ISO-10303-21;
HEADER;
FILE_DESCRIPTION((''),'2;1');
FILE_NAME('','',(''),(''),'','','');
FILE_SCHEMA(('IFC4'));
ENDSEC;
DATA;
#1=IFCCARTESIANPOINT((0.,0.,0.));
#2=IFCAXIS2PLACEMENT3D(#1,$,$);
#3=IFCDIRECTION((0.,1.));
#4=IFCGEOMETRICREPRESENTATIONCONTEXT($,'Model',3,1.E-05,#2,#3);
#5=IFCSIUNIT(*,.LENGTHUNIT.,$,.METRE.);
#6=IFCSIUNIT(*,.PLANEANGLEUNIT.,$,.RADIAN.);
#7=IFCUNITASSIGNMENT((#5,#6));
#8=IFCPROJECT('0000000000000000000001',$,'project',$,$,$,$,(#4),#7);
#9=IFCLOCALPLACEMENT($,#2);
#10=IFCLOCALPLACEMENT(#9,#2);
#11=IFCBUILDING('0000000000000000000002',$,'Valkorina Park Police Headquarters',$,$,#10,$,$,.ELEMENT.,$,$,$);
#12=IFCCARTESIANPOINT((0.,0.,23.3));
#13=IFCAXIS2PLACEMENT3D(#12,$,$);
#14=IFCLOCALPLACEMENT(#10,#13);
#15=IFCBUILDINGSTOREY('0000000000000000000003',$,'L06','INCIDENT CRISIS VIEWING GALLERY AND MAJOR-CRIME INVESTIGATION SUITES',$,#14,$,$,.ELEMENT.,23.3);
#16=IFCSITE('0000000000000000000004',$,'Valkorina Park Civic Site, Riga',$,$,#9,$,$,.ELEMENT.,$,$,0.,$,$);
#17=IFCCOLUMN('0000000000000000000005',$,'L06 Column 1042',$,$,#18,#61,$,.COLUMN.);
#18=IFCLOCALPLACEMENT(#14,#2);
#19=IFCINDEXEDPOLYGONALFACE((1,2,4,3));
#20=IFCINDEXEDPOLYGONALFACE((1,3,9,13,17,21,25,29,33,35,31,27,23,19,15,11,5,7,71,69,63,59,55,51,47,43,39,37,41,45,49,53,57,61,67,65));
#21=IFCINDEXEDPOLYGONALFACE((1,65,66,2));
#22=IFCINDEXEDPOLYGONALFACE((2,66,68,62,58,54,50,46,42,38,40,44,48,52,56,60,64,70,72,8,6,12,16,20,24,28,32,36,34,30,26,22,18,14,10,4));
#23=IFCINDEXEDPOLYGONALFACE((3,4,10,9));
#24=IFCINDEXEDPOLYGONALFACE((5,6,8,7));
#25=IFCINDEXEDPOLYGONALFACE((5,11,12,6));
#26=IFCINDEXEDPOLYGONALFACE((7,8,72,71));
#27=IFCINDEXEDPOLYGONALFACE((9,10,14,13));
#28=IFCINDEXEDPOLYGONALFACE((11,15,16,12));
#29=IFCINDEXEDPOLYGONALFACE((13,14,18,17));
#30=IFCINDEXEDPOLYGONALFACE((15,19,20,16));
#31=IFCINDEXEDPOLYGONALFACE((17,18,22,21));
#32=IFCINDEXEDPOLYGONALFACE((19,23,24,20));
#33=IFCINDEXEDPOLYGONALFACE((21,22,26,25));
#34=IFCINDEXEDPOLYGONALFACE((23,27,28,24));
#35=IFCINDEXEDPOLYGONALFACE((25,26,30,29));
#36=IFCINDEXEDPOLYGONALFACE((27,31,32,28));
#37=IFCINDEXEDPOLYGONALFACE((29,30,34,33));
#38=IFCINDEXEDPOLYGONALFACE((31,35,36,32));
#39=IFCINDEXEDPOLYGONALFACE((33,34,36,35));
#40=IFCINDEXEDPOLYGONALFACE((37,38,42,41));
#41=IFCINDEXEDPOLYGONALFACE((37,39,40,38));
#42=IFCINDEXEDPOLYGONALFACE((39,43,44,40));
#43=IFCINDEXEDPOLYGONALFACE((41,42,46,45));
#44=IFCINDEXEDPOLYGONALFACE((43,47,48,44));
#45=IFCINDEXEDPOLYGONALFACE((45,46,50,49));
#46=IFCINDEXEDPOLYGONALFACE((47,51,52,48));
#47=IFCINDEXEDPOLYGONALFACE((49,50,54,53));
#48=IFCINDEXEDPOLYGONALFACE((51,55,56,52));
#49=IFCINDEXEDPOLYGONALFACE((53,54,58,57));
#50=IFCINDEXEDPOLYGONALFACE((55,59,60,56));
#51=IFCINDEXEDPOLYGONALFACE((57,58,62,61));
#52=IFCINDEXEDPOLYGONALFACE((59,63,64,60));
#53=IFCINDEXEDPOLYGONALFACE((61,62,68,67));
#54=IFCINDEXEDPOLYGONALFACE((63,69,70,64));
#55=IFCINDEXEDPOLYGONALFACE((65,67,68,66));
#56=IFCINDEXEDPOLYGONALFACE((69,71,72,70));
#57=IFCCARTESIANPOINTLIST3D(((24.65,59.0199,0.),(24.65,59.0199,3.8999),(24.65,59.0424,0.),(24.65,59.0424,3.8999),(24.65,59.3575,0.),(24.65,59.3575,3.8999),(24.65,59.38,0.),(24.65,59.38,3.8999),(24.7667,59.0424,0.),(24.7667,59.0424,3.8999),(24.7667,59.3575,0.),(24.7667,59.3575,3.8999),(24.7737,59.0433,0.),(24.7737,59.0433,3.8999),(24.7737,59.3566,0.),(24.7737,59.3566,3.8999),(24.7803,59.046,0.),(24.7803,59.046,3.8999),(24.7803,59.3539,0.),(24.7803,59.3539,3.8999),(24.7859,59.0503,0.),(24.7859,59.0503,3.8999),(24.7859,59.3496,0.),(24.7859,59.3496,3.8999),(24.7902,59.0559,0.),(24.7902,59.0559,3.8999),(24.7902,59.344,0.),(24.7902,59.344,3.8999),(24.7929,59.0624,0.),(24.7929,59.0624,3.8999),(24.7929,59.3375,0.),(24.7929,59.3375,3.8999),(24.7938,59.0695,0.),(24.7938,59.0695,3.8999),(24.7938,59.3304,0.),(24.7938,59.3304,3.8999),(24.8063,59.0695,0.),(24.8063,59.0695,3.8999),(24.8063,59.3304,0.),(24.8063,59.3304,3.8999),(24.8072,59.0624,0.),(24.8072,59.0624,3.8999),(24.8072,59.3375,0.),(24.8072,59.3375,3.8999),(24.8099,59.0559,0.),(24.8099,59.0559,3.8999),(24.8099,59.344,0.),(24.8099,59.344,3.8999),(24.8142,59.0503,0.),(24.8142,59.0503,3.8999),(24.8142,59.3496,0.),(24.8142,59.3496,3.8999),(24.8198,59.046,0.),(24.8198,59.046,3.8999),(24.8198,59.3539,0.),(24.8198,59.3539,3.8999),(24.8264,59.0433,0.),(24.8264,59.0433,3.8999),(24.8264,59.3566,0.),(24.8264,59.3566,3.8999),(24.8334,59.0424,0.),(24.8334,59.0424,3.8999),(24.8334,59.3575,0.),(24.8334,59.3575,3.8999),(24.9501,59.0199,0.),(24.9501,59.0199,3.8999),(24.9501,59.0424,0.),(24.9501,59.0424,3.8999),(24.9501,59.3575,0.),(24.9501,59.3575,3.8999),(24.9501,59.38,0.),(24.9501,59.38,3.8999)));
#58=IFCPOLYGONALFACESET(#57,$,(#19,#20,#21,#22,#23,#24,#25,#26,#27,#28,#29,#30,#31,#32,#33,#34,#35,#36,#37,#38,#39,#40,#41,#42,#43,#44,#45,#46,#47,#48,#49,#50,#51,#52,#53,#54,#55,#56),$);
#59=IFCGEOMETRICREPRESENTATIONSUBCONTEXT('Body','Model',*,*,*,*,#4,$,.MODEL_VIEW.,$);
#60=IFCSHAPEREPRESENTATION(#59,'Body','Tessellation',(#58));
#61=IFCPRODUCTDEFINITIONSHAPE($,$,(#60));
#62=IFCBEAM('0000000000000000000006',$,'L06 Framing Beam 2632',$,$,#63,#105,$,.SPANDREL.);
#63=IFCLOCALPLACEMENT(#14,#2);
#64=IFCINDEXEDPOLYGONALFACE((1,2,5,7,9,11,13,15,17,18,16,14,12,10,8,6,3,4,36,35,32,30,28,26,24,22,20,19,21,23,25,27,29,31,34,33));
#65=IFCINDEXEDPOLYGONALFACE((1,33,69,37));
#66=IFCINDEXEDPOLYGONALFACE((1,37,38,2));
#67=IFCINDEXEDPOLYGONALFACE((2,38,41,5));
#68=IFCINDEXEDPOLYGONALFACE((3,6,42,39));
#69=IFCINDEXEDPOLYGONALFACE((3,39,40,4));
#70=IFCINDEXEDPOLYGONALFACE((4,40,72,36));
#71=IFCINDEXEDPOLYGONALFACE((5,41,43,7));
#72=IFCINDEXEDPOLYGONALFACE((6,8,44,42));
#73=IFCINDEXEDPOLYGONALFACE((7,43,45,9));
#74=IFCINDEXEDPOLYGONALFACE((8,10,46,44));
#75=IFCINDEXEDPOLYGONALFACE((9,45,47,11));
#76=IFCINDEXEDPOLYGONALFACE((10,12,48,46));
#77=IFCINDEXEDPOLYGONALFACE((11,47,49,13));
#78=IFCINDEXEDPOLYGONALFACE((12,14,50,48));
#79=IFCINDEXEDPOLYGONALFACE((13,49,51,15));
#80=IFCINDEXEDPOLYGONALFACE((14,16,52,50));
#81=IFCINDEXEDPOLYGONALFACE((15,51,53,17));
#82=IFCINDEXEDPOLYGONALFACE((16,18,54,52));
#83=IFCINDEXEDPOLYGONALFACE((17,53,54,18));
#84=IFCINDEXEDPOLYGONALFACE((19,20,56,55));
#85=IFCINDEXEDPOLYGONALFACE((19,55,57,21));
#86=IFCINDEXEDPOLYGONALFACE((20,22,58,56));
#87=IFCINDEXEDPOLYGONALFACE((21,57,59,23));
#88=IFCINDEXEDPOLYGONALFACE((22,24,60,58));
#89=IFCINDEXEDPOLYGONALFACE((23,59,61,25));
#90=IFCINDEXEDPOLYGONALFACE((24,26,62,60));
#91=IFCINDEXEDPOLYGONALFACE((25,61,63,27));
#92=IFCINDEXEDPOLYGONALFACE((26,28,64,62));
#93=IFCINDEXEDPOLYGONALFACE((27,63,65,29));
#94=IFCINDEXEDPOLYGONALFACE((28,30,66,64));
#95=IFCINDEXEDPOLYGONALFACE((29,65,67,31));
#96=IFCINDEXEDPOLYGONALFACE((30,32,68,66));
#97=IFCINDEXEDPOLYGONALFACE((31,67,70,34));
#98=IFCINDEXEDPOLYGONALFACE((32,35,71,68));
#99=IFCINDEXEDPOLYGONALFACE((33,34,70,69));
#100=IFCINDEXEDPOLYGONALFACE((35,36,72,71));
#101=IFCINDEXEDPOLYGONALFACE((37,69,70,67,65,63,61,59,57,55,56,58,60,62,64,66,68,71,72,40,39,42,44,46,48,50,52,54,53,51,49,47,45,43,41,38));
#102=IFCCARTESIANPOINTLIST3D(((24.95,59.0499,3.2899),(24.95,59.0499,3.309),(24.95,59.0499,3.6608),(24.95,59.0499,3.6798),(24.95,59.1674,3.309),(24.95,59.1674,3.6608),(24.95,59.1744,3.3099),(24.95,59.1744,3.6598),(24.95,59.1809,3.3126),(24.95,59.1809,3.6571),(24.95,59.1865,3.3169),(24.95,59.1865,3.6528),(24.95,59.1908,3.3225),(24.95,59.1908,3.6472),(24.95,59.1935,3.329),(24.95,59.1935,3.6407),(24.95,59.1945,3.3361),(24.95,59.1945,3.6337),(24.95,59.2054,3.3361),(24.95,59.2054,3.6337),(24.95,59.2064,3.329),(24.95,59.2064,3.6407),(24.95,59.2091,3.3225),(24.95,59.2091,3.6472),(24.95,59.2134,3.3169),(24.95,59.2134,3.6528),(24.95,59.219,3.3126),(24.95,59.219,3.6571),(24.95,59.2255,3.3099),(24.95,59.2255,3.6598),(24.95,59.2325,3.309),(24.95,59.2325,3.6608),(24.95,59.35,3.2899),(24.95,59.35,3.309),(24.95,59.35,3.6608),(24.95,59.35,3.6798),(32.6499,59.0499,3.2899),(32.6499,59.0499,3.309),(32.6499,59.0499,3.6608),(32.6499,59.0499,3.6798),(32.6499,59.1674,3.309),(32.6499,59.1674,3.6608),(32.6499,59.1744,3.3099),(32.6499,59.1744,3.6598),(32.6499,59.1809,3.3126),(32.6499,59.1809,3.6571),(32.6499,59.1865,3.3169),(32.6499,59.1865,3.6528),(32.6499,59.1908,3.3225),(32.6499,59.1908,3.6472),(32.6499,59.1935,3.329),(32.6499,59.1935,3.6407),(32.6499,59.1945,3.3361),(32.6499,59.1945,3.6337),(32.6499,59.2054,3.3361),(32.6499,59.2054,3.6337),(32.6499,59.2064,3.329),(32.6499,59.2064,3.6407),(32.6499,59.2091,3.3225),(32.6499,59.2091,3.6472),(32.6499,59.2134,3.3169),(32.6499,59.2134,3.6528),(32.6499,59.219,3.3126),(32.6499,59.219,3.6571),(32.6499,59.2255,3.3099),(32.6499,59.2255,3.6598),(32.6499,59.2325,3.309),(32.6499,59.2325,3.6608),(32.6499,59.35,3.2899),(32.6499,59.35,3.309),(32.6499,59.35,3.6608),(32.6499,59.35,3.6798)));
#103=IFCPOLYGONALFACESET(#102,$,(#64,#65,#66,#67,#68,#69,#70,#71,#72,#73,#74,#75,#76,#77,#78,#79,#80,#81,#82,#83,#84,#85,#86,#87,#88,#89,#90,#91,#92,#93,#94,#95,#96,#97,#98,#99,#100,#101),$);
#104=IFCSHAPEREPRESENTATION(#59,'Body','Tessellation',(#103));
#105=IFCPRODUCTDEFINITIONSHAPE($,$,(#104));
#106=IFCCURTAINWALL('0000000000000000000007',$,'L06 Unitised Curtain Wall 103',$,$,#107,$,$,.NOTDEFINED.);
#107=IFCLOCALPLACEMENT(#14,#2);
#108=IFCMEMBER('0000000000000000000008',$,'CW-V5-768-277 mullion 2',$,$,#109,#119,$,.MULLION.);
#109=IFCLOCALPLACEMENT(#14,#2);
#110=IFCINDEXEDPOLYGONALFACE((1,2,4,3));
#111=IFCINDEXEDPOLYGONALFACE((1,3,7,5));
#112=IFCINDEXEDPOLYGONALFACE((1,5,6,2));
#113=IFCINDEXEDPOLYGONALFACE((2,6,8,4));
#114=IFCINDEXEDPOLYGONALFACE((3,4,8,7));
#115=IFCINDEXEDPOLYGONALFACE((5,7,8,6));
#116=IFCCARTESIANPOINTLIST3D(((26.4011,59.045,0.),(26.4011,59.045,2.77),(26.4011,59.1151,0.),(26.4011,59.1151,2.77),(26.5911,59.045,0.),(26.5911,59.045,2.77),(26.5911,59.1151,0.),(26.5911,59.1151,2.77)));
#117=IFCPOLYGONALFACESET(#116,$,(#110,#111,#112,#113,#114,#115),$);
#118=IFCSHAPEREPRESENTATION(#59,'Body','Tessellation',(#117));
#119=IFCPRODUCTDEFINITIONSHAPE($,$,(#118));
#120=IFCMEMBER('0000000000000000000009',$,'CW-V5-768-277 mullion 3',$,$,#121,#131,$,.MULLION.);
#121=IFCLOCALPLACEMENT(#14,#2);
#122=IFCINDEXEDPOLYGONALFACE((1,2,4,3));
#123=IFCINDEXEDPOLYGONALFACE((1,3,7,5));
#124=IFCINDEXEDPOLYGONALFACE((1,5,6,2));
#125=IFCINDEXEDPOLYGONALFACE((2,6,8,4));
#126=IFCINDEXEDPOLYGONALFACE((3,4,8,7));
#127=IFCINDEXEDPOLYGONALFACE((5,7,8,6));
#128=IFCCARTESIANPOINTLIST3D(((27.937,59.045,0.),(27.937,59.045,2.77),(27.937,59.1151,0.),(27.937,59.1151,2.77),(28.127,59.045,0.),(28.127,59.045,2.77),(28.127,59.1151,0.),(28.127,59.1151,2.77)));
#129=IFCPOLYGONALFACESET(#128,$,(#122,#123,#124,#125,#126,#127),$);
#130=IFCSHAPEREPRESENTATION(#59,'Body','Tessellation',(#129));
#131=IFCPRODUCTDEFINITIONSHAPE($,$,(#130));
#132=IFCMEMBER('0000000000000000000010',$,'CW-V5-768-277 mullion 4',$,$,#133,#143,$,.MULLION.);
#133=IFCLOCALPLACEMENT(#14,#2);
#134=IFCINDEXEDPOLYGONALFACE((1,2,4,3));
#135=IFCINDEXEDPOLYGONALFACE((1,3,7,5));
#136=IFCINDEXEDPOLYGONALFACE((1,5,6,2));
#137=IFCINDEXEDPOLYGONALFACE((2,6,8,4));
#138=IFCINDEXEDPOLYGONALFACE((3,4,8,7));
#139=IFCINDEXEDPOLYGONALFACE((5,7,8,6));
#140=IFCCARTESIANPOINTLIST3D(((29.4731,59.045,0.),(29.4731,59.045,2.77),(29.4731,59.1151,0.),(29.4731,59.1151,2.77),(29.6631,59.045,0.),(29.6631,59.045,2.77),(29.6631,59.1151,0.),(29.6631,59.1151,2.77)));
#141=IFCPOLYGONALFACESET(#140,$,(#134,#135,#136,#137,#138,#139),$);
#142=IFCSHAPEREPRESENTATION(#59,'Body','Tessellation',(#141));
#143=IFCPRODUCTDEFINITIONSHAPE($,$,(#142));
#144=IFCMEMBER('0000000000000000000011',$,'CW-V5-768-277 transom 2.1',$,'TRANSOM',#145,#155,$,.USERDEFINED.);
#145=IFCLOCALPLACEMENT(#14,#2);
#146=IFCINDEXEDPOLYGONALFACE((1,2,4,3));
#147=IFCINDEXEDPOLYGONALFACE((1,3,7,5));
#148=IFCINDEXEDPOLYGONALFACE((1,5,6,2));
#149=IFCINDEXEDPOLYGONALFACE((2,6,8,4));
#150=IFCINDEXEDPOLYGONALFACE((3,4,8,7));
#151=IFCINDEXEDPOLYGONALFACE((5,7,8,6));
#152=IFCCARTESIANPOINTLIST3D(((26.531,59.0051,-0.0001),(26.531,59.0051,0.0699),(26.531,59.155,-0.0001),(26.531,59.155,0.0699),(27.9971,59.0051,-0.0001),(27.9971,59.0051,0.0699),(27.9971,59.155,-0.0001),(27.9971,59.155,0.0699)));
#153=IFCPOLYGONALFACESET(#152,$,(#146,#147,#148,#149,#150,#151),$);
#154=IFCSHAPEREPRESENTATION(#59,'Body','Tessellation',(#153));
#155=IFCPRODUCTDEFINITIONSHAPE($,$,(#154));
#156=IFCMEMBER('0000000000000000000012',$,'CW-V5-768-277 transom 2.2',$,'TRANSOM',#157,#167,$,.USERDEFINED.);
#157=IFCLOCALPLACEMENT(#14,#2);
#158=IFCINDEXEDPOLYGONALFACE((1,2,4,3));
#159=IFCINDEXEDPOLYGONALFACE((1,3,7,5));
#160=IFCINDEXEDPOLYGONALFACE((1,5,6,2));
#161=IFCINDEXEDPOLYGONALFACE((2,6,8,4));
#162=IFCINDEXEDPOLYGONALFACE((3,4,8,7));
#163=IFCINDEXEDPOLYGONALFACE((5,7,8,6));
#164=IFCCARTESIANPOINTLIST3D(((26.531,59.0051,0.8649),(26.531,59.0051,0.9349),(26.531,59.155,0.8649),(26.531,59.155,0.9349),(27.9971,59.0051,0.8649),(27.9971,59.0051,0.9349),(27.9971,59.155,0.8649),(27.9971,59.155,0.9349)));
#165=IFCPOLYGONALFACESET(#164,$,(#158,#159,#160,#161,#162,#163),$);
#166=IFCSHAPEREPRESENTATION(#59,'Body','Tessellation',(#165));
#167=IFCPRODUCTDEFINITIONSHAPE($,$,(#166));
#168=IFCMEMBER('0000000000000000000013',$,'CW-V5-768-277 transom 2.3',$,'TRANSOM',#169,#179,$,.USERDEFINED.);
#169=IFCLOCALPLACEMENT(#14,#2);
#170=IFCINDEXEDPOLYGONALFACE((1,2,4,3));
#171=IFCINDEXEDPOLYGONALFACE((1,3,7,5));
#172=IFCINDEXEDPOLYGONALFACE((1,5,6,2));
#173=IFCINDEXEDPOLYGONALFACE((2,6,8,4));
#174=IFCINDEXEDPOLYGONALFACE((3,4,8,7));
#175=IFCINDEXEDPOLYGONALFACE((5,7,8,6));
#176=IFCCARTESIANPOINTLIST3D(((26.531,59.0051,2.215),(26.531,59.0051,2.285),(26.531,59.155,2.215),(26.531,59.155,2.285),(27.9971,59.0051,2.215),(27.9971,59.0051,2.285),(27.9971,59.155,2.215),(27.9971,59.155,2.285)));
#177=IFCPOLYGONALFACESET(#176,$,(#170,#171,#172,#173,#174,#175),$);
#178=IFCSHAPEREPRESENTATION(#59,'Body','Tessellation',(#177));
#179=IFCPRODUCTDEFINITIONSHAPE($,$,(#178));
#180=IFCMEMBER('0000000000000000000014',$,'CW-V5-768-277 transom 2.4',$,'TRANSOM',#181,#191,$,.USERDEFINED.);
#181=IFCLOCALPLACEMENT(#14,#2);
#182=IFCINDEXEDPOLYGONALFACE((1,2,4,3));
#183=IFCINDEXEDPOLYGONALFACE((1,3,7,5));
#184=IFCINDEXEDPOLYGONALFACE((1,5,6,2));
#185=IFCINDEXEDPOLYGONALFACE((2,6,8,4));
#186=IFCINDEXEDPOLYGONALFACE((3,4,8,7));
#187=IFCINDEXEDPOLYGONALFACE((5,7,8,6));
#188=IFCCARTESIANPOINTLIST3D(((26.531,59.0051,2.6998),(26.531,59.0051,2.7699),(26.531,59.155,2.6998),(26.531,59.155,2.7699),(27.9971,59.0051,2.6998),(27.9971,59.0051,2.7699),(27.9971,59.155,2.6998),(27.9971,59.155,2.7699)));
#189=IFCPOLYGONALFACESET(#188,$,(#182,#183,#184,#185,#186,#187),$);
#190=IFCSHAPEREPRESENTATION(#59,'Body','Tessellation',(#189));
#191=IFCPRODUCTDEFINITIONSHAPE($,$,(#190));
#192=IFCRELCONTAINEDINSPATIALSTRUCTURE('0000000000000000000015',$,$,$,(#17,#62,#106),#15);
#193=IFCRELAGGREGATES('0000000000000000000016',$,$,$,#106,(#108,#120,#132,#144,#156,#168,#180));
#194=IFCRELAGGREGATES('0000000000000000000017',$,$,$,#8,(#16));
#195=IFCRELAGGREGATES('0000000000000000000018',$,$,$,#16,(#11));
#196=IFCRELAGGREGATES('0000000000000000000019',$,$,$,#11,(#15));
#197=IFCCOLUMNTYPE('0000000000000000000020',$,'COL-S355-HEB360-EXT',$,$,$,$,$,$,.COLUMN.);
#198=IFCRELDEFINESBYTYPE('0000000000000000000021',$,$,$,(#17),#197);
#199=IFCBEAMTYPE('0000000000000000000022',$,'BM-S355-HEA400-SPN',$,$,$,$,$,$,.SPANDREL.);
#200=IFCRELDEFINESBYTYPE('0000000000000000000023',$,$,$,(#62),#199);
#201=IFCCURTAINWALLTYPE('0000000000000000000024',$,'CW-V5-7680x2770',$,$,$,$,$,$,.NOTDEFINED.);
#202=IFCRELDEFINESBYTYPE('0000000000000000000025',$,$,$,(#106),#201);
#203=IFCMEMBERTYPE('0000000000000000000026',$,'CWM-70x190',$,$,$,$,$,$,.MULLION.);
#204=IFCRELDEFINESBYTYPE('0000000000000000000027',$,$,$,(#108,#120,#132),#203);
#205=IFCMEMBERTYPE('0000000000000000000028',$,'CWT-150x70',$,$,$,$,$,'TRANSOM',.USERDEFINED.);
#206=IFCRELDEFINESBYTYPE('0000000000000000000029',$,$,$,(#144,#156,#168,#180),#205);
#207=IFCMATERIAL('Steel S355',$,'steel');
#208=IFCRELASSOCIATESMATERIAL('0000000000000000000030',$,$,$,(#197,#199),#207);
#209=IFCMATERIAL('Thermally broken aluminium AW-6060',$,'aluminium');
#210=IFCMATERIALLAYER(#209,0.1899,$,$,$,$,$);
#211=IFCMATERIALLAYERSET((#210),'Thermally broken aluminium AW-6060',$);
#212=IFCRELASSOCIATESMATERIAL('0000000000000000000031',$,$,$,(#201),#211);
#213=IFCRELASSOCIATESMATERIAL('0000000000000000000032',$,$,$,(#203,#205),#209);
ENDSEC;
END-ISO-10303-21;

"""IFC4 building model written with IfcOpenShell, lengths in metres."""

from ifc_helpers import new_model, si_unit, direction, frame, origin, origin_2d, place, context, subcontext, project, spatial, rectangle, i_section, extrude, material, layer, layer_set, material_profile, profile_set, type_object, element, aggregate, save


model = new_model("IFC4")

# Units and contexts
model_context = context("Model", 3, precision=1e-05, world=origin(), true_north=direction((0.0, 1.0)))
body_context = subcontext(model_context, "Body", "Model", "MODEL_VIEW")
ifc_project = project(units=[si_unit("LENGTHUNIT", "METRE"), si_unit("PLANEANGLEUNIT", "RADIAN")], contexts=[model_context])

# Site, building, storey
site_placement = place(None, origin())
site = spatial("IfcSite", under=ifc_project, at=site_placement, Name="Valkorina Park Civic Site, Riga", CompositionType="ELEMENT", RefElevation=0.0)
building_placement = place(site_placement, origin())
building = spatial("IfcBuilding", under=site, at=building_placement, Name="Valkorina Park Police Headquarters", CompositionType="ELEMENT")
storey_placement = place(building_placement, frame((0.0, 0.0, 23.3)))
storey = spatial("IfcBuildingStorey", under=building, at=storey_placement, Name="L06", Description="INCIDENT CRISIS VIEWING GALLERY AND MAJOR-CRIME INVESTIGATION SUITES", CompositionType="ELEMENT", Elevation=23.3)

# Column
ifc_material_1 = material(Name="Steel S355", Category="steel")
ifc_material_profile_1 = material_profile(ifc_material_1, i_section(OverallWidth=0.3, OverallDepth=0.3601, WebThickness=0.0125, FlangeThickness=0.0225, FilletRadius=0.0271, at=origin_2d()), Name="HEB 360")
ifc_profile_set_1 = profile_set([ifc_material_profile_1], Name="Steel S355")
column_type = type_object("IfcColumnType", Name="COL-S355-HEB360-EXT", PredefinedType="COLUMN", material=ifc_profile_set_1)
column_placement = place(storey_placement, frame((24.8, 59.2, 0.0), z_axis=(0.0, 0.0, 1.0), x_axis=(1.0, 0.0, 0.0)))
element("IfcColumn", 1, at=column_placement, inside=storey, type_object=column_type, Name="L06 Column 1042", PredefinedType="COLUMN", context=body_context, shape_type="SweptSolid", body=[
    extrude(i_section(OverallWidth=0.3, OverallDepth=0.3601, WebThickness=0.0125, FlangeThickness=0.0225, FilletRadius=0.0271, at=origin_2d()), origin(), (0.0, 0.0, 1.0), 3.8999),
])

# Beam
ifc_material_profile_2 = material_profile(ifc_material_1, i_section(OverallWidth=0.3, OverallDepth=0.3899, WebThickness=0.011, FlangeThickness=0.019, FilletRadius=0.0271, at=origin_2d()), Name="HEA 400")
ifc_profile_set_2 = profile_set([ifc_material_profile_2], Name="Steel S355")
beam_type = type_object("IfcBeamType", Name="BM-S355-HEA400-SPN", PredefinedType="SPANDREL", material=ifc_profile_set_2)
beam_placement = place(storey_placement, frame((24.95, 59.2, 3.4849), z_axis=(1.0, 0.0, 0.0), x_axis=(0.0, 1.0, 0.0)))
element("IfcBeam", 2, at=beam_placement, inside=storey, type_object=beam_type, Name="L06 Framing Beam 2632", PredefinedType="SPANDREL", context=body_context, shape_type="SweptSolid", body=[
    extrude(i_section(OverallWidth=0.3, OverallDepth=0.3899, WebThickness=0.011, FlangeThickness=0.019, FilletRadius=0.0271, at=origin_2d()), origin(), (0.0, 0.0, 1.0), 7.7),
])

# Curtain wall, members
ifc_material_2 = material(Name="Thermally broken aluminium AW-6060", Category="aluminium")
ifc_layer_1 = layer(ifc_material_2, 0.1899)
ifc_layer_set_1 = layer_set([ifc_layer_1], Name="Thermally broken aluminium AW-6060")
curtain_wall_type = type_object("IfcCurtainWallType", Name="CW-V5-7680x2770", PredefinedType="NOTDEFINED", material=ifc_layer_set_1)
curtain_wall_placement = place(storey_placement, origin())
curtain_wall = element("IfcCurtainWall", 3, at=curtain_wall_placement, inside=storey, type_object=curtain_wall_type, Name="L06 Unitised Curtain Wall 103", PredefinedType="NOTDEFINED")
ifc_material_profile_3 = material_profile(ifc_material_2, rectangle(XDim=0.0701, YDim=0.1899, at=origin_2d()), Name="CWM-02 70x190")
ifc_profile_set_3 = profile_set([ifc_material_profile_3], Name="Thermally broken aluminium AW-6060")
member_type_1 = type_object("IfcMemberType", Name="CWM-70x190", PredefinedType="MULLION", material=ifc_profile_set_3)
member_1_placement = place(storey_placement, frame((26.4961, 59.0801, 0.0), z_axis=(0.0, 0.0, 1.0), x_axis=(0.0, 1.0, 0.0)))
member_1 = element("IfcMember", 4, at=member_1_placement, type_object=member_type_1, Name="CW-V5-768-277 mullion 2", PredefinedType="MULLION", context=body_context, shape_type="SweptSolid", body=[
    extrude(rectangle(XDim=0.0701, YDim=0.1899, at=origin_2d()), origin(), (0.0, 0.0, 1.0), 2.77),
])
member_2_placement = place(storey_placement, frame((28.032, 59.0801, 0.0), z_axis=(0.0, 0.0, 1.0), x_axis=(0.0, 1.0, 0.0)))
member_2 = element("IfcMember", 5, at=member_2_placement, type_object=member_type_1, Name="CW-V5-768-277 mullion 3", PredefinedType="MULLION", context=body_context, shape_type="SweptSolid", body=[
    extrude(rectangle(XDim=0.0701, YDim=0.1899, at=origin_2d()), origin(), (0.0, 0.0, 1.0), 2.77),
])
member_3_placement = place(storey_placement, frame((29.5681, 59.0801, 0.0), z_axis=(0.0, 0.0, 1.0), x_axis=(0.0, 1.0, 0.0)))
member_3 = element("IfcMember", 6, at=member_3_placement, type_object=member_type_1, Name="CW-V5-768-277 mullion 4", PredefinedType="MULLION", context=body_context, shape_type="SweptSolid", body=[
    extrude(rectangle(XDim=0.0701, YDim=0.1899, at=origin_2d()), origin(), (0.0, 0.0, 1.0), 2.77),
])
ifc_material_profile_4 = material_profile(ifc_material_2, rectangle(XDim=0.1499, YDim=0.0701, at=origin_2d()), Name="CWT-02 150x70")
ifc_profile_set_4 = profile_set([ifc_material_profile_4], Name="Thermally broken aluminium AW-6060")
member_type_2 = type_object("IfcMemberType", Name="CWT-150x70", ElementType="TRANSOM", PredefinedType="USERDEFINED", material=ifc_profile_set_4)
member_4_placement = place(storey_placement, frame((26.531, 59.0801, 0.0349), z_axis=(1.0, 0.0, 0.0), x_axis=(0.0, 1.0, 0.0)))
member_4 = element("IfcMember", 7, at=member_4_placement, type_object=member_type_2, Name="CW-V5-768-277 transom 2.1", ObjectType="TRANSOM", PredefinedType="USERDEFINED", context=body_context, shape_type="SweptSolid", body=[
    extrude(rectangle(XDim=0.1499, YDim=0.0701, at=origin_2d()), origin(), (0.0, 0.0, 1.0), 1.4661),
])
member_5_placement = place(storey_placement, frame((26.531, 59.0801, 0.8999), z_axis=(1.0, 0.0, 0.0), x_axis=(0.0, 1.0, 0.0)))
member_5 = element("IfcMember", 8, at=member_5_placement, type_object=member_type_2, Name="CW-V5-768-277 transom 2.2", ObjectType="TRANSOM", PredefinedType="USERDEFINED", context=body_context, shape_type="SweptSolid", body=[
    extrude(rectangle(XDim=0.1499, YDim=0.0701, at=origin_2d()), origin(), (0.0, 0.0, 1.0), 1.4661),
])
member_6_placement = place(storey_placement, frame((26.531, 59.0801, 2.25), z_axis=(1.0, 0.0, 0.0), x_axis=(0.0, 1.0, 0.0)))
member_6 = element("IfcMember", 9, at=member_6_placement, type_object=member_type_2, Name="CW-V5-768-277 transom 2.3", ObjectType="TRANSOM", PredefinedType="USERDEFINED", context=body_context, shape_type="SweptSolid", body=[
    extrude(rectangle(XDim=0.1499, YDim=0.0701, at=origin_2d()), origin(), (0.0, 0.0, 1.0), 1.4661),
])
member_7_placement = place(storey_placement, frame((26.531, 59.0801, 2.7349), z_axis=(1.0, 0.0, 0.0), x_axis=(0.0, 1.0, 0.0)))
member_7 = element("IfcMember", 10, at=member_7_placement, type_object=member_type_2, Name="CW-V5-768-277 transom 2.4", ObjectType="TRANSOM", PredefinedType="USERDEFINED", context=body_context, shape_type="SweptSolid", body=[
    extrude(rectangle(XDim=0.1499, YDim=0.0701, at=origin_2d()), origin(), (0.0, 0.0, 1.0), 1.4661),
])
aggregate(curtain_wall, [member_1, member_2, member_3, member_4, member_5, member_6, member_7])

save(model, "model.ifc")
